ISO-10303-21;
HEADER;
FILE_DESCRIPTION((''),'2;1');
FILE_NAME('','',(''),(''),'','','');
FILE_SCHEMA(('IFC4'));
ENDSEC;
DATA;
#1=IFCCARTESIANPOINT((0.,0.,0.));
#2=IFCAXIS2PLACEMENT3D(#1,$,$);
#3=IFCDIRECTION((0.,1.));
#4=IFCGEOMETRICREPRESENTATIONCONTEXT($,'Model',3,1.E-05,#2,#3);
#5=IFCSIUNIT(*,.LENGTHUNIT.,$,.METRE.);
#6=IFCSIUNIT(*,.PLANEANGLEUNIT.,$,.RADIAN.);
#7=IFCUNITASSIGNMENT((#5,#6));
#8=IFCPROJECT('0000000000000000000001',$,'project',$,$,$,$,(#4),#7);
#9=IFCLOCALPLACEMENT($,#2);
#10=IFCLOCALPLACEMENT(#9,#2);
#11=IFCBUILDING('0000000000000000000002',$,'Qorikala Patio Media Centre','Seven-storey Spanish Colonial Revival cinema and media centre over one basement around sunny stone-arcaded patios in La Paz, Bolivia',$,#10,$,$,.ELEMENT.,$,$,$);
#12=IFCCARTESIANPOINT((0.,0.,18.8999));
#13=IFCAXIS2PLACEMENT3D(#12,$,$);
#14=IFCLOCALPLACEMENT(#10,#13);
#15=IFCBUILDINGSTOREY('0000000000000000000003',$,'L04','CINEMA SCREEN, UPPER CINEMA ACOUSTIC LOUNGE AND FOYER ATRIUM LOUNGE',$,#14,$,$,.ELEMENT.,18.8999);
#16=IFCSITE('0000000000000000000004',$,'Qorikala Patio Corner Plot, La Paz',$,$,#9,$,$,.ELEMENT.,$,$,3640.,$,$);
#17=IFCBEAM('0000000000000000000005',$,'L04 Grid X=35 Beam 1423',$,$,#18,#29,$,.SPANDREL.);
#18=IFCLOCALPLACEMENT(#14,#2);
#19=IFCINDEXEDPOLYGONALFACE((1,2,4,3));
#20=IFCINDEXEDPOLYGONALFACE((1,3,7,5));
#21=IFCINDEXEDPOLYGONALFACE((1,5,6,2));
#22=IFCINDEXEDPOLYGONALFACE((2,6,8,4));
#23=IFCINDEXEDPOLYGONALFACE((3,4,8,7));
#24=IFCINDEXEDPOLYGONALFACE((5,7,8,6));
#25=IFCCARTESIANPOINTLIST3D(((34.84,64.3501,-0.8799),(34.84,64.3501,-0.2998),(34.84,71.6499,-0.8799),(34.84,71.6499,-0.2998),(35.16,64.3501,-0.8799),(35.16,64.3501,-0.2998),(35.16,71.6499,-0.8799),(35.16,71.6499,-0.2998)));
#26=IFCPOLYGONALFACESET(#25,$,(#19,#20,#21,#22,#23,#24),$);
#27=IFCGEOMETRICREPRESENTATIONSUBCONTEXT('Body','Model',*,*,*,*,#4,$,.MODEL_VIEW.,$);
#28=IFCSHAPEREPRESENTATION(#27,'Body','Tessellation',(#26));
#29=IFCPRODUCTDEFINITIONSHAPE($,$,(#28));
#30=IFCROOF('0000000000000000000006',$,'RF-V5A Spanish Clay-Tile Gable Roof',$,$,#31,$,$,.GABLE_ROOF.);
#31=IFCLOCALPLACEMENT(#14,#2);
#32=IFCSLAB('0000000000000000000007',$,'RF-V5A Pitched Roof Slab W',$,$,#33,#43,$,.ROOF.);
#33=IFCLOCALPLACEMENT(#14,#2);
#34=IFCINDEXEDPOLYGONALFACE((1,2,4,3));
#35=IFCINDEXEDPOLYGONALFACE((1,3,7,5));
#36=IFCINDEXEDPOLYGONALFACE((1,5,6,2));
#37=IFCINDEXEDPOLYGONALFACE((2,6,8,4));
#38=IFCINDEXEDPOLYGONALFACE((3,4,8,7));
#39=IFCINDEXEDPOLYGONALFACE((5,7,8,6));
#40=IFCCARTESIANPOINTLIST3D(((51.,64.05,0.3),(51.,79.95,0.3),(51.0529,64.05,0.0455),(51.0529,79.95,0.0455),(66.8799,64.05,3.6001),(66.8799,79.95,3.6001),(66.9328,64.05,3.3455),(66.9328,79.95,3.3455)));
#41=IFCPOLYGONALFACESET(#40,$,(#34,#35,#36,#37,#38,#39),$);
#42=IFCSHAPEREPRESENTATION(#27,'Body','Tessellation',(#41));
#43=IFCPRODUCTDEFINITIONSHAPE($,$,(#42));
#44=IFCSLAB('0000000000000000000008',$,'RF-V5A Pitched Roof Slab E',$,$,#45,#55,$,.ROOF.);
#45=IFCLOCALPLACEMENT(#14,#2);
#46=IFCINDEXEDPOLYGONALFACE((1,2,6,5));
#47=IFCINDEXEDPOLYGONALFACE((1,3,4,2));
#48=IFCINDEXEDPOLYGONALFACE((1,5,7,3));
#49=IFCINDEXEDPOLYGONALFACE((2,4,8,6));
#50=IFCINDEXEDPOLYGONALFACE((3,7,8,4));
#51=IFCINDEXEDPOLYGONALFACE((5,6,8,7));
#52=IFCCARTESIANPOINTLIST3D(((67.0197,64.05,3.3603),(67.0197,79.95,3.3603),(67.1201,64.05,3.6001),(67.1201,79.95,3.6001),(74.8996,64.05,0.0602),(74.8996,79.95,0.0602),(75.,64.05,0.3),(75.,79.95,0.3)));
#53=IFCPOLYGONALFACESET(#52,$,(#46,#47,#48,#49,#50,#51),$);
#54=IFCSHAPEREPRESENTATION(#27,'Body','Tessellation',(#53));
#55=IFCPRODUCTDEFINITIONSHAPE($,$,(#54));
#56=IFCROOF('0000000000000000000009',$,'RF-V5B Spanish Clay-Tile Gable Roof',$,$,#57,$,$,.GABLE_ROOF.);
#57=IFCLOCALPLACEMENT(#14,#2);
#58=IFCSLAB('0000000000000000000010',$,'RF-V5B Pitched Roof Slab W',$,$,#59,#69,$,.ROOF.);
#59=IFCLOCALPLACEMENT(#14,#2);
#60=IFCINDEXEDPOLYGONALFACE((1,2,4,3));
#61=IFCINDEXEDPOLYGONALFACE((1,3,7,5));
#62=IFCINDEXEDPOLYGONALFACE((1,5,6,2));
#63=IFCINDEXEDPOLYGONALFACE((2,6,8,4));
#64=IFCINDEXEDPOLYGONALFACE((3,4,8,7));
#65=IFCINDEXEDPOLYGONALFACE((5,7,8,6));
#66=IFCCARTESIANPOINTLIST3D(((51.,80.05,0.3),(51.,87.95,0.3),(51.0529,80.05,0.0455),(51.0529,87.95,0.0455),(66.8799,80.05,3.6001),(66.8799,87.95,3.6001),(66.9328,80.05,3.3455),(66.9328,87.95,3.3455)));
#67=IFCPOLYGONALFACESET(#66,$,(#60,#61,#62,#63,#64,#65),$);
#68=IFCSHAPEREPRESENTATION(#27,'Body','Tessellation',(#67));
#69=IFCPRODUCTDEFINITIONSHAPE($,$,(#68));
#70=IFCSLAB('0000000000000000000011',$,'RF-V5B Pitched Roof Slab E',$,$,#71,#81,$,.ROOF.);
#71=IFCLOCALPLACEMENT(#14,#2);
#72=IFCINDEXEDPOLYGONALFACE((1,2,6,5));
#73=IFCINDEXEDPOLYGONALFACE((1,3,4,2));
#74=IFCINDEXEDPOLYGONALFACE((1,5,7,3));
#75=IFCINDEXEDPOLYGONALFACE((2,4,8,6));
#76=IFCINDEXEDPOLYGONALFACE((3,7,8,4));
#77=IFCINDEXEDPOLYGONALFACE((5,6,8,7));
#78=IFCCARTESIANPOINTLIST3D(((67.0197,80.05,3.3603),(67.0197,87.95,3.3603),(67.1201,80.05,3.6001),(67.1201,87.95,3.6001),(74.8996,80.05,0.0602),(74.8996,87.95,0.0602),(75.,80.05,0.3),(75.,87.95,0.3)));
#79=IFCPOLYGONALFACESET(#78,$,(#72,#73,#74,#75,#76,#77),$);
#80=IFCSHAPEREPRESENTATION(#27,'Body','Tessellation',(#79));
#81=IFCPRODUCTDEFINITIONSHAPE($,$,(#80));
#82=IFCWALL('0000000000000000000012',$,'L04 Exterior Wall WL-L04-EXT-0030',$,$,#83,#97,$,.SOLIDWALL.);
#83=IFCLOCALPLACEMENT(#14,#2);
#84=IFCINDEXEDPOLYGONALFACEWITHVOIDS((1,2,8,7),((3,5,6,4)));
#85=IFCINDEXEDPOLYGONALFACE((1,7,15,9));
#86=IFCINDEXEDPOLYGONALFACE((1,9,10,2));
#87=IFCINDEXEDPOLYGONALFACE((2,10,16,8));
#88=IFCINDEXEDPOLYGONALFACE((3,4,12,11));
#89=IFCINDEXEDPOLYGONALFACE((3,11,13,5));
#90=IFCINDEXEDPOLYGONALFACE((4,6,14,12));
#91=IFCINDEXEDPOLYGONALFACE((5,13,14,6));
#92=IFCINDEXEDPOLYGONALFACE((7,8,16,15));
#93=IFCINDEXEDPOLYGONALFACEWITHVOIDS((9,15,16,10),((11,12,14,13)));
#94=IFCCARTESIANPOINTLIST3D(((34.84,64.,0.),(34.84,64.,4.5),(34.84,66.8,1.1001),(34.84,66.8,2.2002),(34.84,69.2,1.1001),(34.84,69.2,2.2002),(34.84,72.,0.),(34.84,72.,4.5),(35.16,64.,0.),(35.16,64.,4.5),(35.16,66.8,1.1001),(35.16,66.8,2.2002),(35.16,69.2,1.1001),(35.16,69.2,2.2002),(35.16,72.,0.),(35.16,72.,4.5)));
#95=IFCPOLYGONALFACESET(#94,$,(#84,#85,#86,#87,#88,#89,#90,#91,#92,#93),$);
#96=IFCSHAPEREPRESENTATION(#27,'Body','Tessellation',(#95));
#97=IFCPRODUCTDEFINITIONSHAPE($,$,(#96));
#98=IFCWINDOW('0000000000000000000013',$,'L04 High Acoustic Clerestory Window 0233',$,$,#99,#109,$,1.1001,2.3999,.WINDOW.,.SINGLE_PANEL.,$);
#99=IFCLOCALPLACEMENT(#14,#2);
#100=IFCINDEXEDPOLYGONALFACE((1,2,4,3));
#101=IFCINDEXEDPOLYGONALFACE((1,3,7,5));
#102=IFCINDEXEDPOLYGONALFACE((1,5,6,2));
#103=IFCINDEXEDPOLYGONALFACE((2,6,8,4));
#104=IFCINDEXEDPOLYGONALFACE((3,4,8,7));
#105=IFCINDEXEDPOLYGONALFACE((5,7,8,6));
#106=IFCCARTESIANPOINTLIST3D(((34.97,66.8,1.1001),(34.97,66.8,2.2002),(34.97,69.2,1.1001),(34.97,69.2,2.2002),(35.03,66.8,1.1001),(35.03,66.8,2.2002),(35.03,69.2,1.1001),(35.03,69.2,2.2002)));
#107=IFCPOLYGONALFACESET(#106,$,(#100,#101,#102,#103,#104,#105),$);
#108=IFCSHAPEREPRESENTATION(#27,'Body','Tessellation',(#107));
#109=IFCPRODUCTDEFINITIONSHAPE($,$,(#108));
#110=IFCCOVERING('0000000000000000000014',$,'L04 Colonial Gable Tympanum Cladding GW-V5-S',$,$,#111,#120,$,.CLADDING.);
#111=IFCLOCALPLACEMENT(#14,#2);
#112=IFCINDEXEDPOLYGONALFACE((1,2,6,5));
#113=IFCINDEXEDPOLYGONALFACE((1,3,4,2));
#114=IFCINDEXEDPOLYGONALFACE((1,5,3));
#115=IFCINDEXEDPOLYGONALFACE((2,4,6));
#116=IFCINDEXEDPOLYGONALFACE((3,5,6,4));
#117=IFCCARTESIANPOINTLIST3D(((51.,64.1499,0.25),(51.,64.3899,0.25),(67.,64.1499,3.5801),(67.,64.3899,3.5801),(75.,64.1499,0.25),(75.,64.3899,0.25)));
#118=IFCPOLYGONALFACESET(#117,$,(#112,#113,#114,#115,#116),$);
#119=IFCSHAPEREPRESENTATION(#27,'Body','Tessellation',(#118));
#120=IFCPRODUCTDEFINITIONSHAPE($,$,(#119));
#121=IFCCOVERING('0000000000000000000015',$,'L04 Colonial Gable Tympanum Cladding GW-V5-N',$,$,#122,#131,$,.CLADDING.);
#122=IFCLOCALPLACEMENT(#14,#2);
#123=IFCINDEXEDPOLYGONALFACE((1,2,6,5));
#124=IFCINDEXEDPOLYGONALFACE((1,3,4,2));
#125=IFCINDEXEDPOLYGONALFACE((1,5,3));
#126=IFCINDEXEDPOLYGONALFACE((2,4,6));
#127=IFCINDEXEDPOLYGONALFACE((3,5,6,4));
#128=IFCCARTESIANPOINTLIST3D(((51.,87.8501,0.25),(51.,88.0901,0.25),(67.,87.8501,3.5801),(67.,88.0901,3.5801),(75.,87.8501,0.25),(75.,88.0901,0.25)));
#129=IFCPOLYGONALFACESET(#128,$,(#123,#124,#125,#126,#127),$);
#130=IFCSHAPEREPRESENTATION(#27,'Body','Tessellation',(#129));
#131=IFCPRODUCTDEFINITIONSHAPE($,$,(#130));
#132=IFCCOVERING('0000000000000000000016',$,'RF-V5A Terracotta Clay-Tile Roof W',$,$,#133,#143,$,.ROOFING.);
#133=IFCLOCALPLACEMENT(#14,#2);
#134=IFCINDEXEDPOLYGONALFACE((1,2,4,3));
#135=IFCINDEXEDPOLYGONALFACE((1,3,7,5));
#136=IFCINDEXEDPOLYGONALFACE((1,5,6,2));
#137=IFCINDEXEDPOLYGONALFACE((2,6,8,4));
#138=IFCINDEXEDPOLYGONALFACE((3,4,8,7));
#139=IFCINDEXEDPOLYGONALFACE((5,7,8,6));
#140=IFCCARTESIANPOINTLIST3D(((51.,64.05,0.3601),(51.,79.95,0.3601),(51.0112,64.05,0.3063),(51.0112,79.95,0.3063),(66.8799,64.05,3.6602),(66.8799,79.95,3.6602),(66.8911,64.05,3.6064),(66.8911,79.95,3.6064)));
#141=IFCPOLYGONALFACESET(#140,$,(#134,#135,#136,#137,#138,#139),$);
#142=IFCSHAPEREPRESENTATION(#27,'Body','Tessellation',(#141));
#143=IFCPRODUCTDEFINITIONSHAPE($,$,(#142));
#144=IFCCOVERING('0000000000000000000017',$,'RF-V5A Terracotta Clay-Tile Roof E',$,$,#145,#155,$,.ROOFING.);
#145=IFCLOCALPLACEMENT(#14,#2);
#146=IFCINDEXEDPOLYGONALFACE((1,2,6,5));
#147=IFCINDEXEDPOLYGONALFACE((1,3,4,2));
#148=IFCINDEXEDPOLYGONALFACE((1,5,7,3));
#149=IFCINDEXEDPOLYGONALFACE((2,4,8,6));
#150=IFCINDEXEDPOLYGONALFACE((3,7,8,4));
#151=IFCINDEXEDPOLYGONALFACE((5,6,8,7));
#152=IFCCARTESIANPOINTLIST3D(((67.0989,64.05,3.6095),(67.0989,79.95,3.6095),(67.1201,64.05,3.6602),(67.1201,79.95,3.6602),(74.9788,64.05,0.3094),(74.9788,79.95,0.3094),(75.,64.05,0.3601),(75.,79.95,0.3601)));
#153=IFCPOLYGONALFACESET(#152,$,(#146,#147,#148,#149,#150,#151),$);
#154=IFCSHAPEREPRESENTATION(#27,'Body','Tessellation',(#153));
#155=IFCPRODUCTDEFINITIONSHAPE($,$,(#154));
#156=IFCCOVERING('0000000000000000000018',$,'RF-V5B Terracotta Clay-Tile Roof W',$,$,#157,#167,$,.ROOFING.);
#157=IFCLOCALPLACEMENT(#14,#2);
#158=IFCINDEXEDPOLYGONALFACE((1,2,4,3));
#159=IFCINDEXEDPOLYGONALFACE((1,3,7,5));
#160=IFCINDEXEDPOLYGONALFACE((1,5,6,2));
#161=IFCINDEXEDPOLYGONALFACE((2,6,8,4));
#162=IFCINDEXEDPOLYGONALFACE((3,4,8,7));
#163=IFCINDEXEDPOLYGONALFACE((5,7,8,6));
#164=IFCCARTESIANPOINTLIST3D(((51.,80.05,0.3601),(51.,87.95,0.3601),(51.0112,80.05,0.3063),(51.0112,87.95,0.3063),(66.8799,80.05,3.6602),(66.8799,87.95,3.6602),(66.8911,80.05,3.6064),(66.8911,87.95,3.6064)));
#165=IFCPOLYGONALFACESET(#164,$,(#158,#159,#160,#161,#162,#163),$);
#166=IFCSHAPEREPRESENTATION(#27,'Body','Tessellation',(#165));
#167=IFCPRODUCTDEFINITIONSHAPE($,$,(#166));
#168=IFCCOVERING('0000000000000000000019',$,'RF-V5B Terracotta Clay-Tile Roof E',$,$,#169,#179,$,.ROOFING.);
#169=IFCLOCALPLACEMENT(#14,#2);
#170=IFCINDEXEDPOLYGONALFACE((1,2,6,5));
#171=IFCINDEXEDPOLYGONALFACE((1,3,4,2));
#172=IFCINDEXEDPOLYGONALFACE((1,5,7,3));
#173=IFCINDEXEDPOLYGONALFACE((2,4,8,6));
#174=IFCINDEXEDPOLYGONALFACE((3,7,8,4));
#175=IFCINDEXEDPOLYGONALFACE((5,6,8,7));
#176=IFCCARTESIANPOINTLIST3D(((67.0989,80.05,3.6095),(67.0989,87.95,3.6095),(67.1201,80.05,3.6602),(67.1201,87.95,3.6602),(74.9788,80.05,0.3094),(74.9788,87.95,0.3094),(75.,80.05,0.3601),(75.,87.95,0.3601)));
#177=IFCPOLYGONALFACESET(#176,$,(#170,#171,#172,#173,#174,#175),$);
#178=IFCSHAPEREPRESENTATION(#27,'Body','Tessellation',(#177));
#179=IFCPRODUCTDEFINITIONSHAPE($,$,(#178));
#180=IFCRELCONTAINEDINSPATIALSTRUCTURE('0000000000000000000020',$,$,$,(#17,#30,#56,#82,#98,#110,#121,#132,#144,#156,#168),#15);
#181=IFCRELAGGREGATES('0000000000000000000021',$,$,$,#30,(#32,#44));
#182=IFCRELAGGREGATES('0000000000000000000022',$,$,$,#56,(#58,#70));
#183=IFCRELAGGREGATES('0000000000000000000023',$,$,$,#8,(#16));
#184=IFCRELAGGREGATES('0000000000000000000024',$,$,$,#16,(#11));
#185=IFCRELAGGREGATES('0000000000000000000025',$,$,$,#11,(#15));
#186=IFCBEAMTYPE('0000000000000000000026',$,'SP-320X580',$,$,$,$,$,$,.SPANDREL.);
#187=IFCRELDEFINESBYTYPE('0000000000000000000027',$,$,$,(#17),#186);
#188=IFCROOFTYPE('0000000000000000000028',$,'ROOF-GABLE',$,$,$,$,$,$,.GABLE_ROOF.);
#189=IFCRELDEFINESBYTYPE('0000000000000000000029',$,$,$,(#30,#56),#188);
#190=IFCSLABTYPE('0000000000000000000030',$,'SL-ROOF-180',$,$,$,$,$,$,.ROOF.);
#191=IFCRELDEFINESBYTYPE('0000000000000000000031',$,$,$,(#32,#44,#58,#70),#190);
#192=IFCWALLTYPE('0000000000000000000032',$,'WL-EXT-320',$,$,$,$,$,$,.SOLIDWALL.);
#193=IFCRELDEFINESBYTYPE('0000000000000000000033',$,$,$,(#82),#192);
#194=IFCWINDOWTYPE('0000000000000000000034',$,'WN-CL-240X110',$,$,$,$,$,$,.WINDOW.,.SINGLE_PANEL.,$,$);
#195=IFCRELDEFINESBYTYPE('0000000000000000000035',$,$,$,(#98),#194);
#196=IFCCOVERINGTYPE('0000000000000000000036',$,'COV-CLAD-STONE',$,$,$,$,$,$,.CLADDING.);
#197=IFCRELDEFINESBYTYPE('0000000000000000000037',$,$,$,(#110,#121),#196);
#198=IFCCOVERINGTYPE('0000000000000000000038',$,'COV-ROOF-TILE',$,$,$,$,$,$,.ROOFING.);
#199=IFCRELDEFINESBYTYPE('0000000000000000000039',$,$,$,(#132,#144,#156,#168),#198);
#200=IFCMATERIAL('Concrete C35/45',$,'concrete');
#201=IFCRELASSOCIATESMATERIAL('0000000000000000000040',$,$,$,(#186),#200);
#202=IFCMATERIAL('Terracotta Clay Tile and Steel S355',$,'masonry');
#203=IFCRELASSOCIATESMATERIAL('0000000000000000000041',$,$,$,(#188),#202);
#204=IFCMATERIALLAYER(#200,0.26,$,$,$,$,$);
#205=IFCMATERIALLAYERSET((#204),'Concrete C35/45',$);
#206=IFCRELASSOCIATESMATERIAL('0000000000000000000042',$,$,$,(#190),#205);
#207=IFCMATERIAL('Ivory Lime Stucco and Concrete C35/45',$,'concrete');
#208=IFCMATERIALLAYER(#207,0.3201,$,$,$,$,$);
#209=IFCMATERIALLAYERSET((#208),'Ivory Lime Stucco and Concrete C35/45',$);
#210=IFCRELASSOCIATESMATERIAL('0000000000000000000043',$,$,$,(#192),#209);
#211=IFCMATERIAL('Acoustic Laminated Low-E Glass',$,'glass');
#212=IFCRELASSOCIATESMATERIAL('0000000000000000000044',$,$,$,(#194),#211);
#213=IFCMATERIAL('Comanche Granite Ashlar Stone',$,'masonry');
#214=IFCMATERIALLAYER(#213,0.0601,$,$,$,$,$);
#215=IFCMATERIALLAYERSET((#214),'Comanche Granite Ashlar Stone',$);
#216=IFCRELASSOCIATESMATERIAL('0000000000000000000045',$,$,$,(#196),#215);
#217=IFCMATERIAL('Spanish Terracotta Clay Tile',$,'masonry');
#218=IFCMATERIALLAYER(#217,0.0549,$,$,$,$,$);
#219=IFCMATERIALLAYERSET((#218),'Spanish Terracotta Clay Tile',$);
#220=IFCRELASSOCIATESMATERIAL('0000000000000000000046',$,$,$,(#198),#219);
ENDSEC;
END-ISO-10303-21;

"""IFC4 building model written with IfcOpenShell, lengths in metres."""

from ifc_helpers import new_model, si_unit, direction, frame, frame_2d, origin, origin_2d, place, context, subcontext, project, spatial, polyline, rectangle, outline, extrude, material, layer, layer_set, material_profile, profile_set, type_object, element, fill, aggregate, save


model = new_model("IFC4")

# Units and contexts
model_context = context("Model", 3, precision=1e-05, world=origin(), true_north=direction((0.0, 1.0)))
body_context = subcontext(model_context, "Body", "Model", "MODEL_VIEW")
ifc_project = project(units=[si_unit("LENGTHUNIT", "METRE"), si_unit("PLANEANGLEUNIT", "RADIAN")], contexts=[model_context])

# Site, building, storey
site_placement = place(None, origin())
site = spatial("IfcSite", under=ifc_project, at=site_placement, Name="Qorikala Patio Corner Plot, La Paz", CompositionType="ELEMENT", RefElevation=3640.0)
building_placement = place(site_placement, origin())
building = spatial("IfcBuilding", under=site, at=building_placement, Name="Qorikala Patio Media Centre", Description="Seven-storey Spanish Colonial Revival cinema and media centre over one basement around sunny stone-arcaded patios in La Paz, Bolivia", CompositionType="ELEMENT")
storey_placement = place(building_placement, frame((0.0, 0.0, 18.8999)))
storey = spatial("IfcBuildingStorey", under=building, at=storey_placement, Name="L04", Description="CINEMA SCREEN, UPPER CINEMA ACOUSTIC LOUNGE AND FOYER ATRIUM LOUNGE", CompositionType="ELEMENT", Elevation=18.8999)

# Shared definitions
ifc_material_1 = material(Name="Concrete C35/45", Category="concrete")

# Beam
ifc_material_profile_1 = material_profile(ifc_material_1, rectangle(XDim=0.3201, YDim=0.5801, at=origin_2d()), Name="RC 320x580")
ifc_profile_set_1 = profile_set([ifc_material_profile_1], Name="Concrete C35/45")
beam_type_1 = type_object("IfcBeamType", Name="SP-320X580", PredefinedType="SPANDREL", material=ifc_profile_set_1)
beam_1_placement = place(storey_placement, frame((35.0, 64.3501, -0.5898), z_axis=(0.0, 1.0, 0.0), x_axis=(-1.0, 0.0, 0.0)))
element("IfcBeam", 1, at=beam_1_placement, inside=storey, type_object=beam_type_1, Name="L04 Grid X=35 Beam 1423", PredefinedType="SPANDREL", context=body_context, shape_type="SweptSolid", body=[
    extrude(rectangle(XDim=0.3201, YDim=0.5801, at=origin_2d()), origin(), (0.0, 0.0, 1.0), 7.2998),
])

# Roofs, slabs
ifc_material_2 = material(Name="Terracotta Clay Tile and Steel S355", Category="masonry")
roof_type = type_object("IfcRoofType", Name="ROOF-GABLE", PredefinedType="GABLE_ROOF", material=ifc_material_2)
roof_1_placement = place(storey_placement, origin())
roof_1 = element("IfcRoof", 2, at=roof_1_placement, inside=storey, type_object=roof_type, Name="RF-V5A Spanish Clay-Tile Gable Roof", PredefinedType="GABLE_ROOF")
ifc_layer_1 = layer(ifc_material_1, 0.26)
ifc_layer_set_1 = layer_set([ifc_layer_1], Name="Concrete C35/45")
slab_type = type_object("IfcSlabType", Name="SL-ROOF-180", PredefinedType="ROOF", material=ifc_layer_set_1)
slab_1_placement = place(storey_placement, frame((51.0, 64.05, 0.3), z_axis=(-0.203466, 0.0, 0.979082), x_axis=(0.979082, 0.0, 0.203466)))
slab_1 = element("IfcSlab", 3, at=slab_1_placement, type_object=slab_type, Name="RF-V5A Pitched Roof Slab W", PredefinedType="ROOF", context=body_context, shape_type="SweptSolid", body=[
    extrude(outline(polyline([(0.0, 0.0), (16.2192, 0.0), (16.2192, 15.8999), (0.0, 15.8999), (0.0, 0.0)])), origin(), (0.0, 0.0, -1.0), 0.26),
])
slab_2_placement = place(storey_placement, frame((67.1201, 64.05, 3.6001), z_axis=(0.386287, 0.0, 0.922379), x_axis=(0.922379, 0.0, -0.386287)))
slab_2 = element("IfcSlab", 4, at=slab_2_placement, type_object=slab_type, Name="RF-V5A Pitched Roof Slab E", PredefinedType="ROOF", context=body_context, shape_type="SweptSolid", body=[
    extrude(outline(polyline([(0.0, 0.0), (8.543, 0.0), (8.543, 15.8999), (0.0, 15.8999), (0.0, 0.0)])), origin(), (0.0, 0.0, -1.0), 0.26),
])
aggregate(roof_1, [slab_1, slab_2])
roof_2_placement = place(storey_placement, origin())
roof_2 = element("IfcRoof", 5, at=roof_2_placement, inside=storey, type_object=roof_type, Name="RF-V5B Spanish Clay-Tile Gable Roof", PredefinedType="GABLE_ROOF")
slab_3_placement = place(storey_placement, frame((51.0, 80.05, 0.3), z_axis=(-0.203466, 0.0, 0.979082), x_axis=(0.979082, 0.0, 0.203466)))
slab_3 = element("IfcSlab", 6, at=slab_3_placement, type_object=slab_type, Name="RF-V5B Pitched Roof Slab W", PredefinedType="ROOF", context=body_context, shape_type="SweptSolid", body=[
    extrude(outline(polyline([(0.0, 0.0), (16.2192, 0.0), (16.2192, 7.8999), (0.0, 7.8999), (0.0, 0.0)])), origin(), (0.0, 0.0, -1.0), 0.26),
])
slab_4_placement = place(storey_placement, frame((67.1201, 80.05, 3.6001), z_axis=(0.386287, 0.0, 0.922379), x_axis=(0.922379, 0.0, -0.386287)))
slab_4 = element("IfcSlab", 7, at=slab_4_placement, type_object=slab_type, Name="RF-V5B Pitched Roof Slab E", PredefinedType="ROOF", context=body_context, shape_type="SweptSolid", body=[
    extrude(outline(polyline([(0.0, 0.0), (8.543, 0.0), (8.543, 7.8999), (0.0, 7.8999), (0.0, 0.0)])), origin(), (0.0, 0.0, -1.0), 0.26),
])
aggregate(roof_2, [slab_3, slab_4])

# Wall, opening, window
ifc_material_3 = material(Name="Ivory Lime Stucco and Concrete C35/45", Category="concrete")
ifc_layer_2 = layer(ifc_material_3, 0.3201)
ifc_layer_set_2 = layer_set([ifc_layer_2], Name="Ivory Lime Stucco and Concrete C35/45")
wall_type = type_object("IfcWallType", Name="WL-EXT-320", PredefinedType="SOLIDWALL", material=ifc_layer_set_2)
wall_placement = place(storey_placement, frame((35.0, 72.0, 0.0), z_axis=(0.0, 0.0, 1.0), x_axis=(0.0, -1.0, 0.0)))
wall = element("IfcWall", 8, at=wall_placement, inside=storey, type_object=wall_type, Name="L04 Exterior Wall WL-L04-EXT-0030", PredefinedType="SOLIDWALL", context=body_context, shape_type="SweptSolid", body=[
    extrude(rectangle(XDim=8.0, YDim=0.3201, at=frame_2d((4.0, 0.0))), origin(), (0.0, 0.0, 1.0), 4.5),
])
opening_placement = place(wall_placement, frame((2.8, 0.0, 1.1001)))
opening = element("IfcOpeningElement", 9, at=opening_placement, cuts=wall, PredefinedType="OPENING", context=body_context, shape_type="SweptSolid", body=[
    extrude(rectangle(XDim=2.3999, YDim=1.1001, at=frame_2d((1.2, 0.55))), frame((0.0, 0.1699, 0.0), z_axis=(0.0, -1.0, 0.0), x_axis=(1.0, 0.0, 0.0)), (0.0, 0.0, 1.0), 0.3401),
])
ifc_material_4 = material(Name="Acoustic Laminated Low-E Glass", Category="glass")
window_type = type_object("IfcWindowType", Name="WN-CL-240X110", PartitioningType="SINGLE_PANEL", PredefinedType="WINDOW", material=ifc_material_4)
window_placement = place(opening_placement, origin())
window = element("IfcWindow", 10, at=window_placement, inside=storey, type_object=window_type, Name="L04 High Acoustic Clerestory Window 0233", OverallHeight=1.1001, OverallWidth=2.3999, PartitioningType="SINGLE_PANEL", PredefinedType="WINDOW", context=body_context, shape_type="SweptSolid", body=[
    extrude(rectangle(XDim=2.3999, YDim=1.1001, at=frame_2d((1.2, 0.55))), frame((0.0, 0.03, 0.0), z_axis=(0.0, -1.0, 0.0), x_axis=(1.0, 0.0, 0.0)), (0.0, 0.0, 1.0), 0.0601),
])
fill(opening, window)

# Coverings
ifc_material_5 = material(Name="Comanche Granite Ashlar Stone", Category="masonry")
ifc_layer_3 = layer(ifc_material_5, 0.0601)
ifc_layer_set_3 = layer_set([ifc_layer_3], Name="Comanche Granite Ashlar Stone")
covering_type_1 = type_object("IfcCoveringType", Name="COV-CLAD-STONE", PredefinedType="CLADDING", material=ifc_layer_set_3)
for number, where, z_axis, x_axis, name in (
    (11, (51.0, 64.1499, 0.25), (0.0, -1.0, 0.0), (1.0, 0.0, 0.0), "L04 Colonial Gable Tympanum Cladding GW-V5-S"),
    (12, (51.0, 87.8501, 0.25), (0.0, -1.0, 0.0), (1.0, 0.0, 0.0), "L04 Colonial Gable Tympanum Cladding GW-V5-N"),
):
    element("IfcCovering", number, at=place(storey_placement, frame(where, z_axis=z_axis, x_axis=x_axis)), inside=storey, type_object=covering_type_1, Name=name, PredefinedType="CLADDING", context=body_context, shape_type="SweptSolid", body=[
        extrude(outline(polyline([(0.0, 0.0), (24.0, 0.0), (16.0, 3.3301), (0.0, 0.0)])), origin(), (0.0, 0.0, -1.0), 0.24),
    ])
ifc_material_6 = material(Name="Spanish Terracotta Clay Tile", Category="masonry")
ifc_layer_4 = layer(ifc_material_6, 0.0549)
ifc_layer_set_4 = layer_set([ifc_layer_4], Name="Spanish Terracotta Clay Tile")
covering_type_2 = type_object("IfcCoveringType", Name="COV-ROOF-TILE", PredefinedType="ROOFING", material=ifc_layer_set_4)
covering_1_placement = place(storey_placement, frame((51.0, 64.05, 0.3601), z_axis=(-0.203466, 0.0, 0.979082), x_axis=(0.979082, 0.0, 0.203466)))
element("IfcCovering", 13, at=covering_1_placement, inside=storey, type_object=covering_type_2, Name="RF-V5A Terracotta Clay-Tile Roof W", PredefinedType="ROOFING", context=body_context, shape_type="SweptSolid", body=[
    extrude(outline(polyline([(0.0, 0.0), (16.2192, 0.0), (16.2192, 15.8999), (0.0, 15.8999), (0.0, 0.0)])), origin(), (0.0, 0.0, -1.0), 0.0549),
])
covering_2_placement = place(storey_placement, frame((67.1201, 64.05, 3.6602), z_axis=(0.386287, 0.0, 0.922379), x_axis=(0.922379, 0.0, -0.386287)))
element("IfcCovering", 14, at=covering_2_placement, inside=storey, type_object=covering_type_2, Name="RF-V5A Terracotta Clay-Tile Roof E", PredefinedType="ROOFING", context=body_context, shape_type="SweptSolid", body=[
    extrude(outline(polyline([(0.0, 0.0), (8.543, 0.0), (8.543, 15.8999), (0.0, 15.8999), (0.0, 0.0)])), origin(), (0.0, 0.0, -1.0), 0.0549),
])
covering_3_placement = place(storey_placement, frame((51.0, 80.05, 0.3601), z_axis=(-0.203466, 0.0, 0.979082), x_axis=(0.979082, 0.0, 0.203466)))
element("IfcCovering", 15, at=covering_3_placement, inside=storey, type_object=covering_type_2, Name="RF-V5B Terracotta Clay-Tile Roof W", PredefinedType="ROOFING", context=body_context, shape_type="SweptSolid", body=[
    extrude(outline(polyline([(0.0, 0.0), (16.2192, 0.0), (16.2192, 7.8999), (0.0, 7.8999), (0.0, 0.0)])), origin(), (0.0, 0.0, -1.0), 0.0549),
])
covering_4_placement = place(storey_placement, frame((67.1201, 80.05, 3.6602), z_axis=(0.386287, 0.0, 0.922379), x_axis=(0.922379, 0.0, -0.386287)))
element("IfcCovering", 16, at=covering_4_placement, inside=storey, type_object=covering_type_2, Name="RF-V5B Terracotta Clay-Tile Roof E", PredefinedType="ROOFING", context=body_context, shape_type="SweptSolid", body=[
    extrude(outline(polyline([(0.0, 0.0), (8.543, 0.0), (8.543, 7.8999), (0.0, 7.8999), (0.0, 0.0)])), origin(), (0.0, 0.0, -1.0), 0.0549),
])

save(model, "model.ifc")
